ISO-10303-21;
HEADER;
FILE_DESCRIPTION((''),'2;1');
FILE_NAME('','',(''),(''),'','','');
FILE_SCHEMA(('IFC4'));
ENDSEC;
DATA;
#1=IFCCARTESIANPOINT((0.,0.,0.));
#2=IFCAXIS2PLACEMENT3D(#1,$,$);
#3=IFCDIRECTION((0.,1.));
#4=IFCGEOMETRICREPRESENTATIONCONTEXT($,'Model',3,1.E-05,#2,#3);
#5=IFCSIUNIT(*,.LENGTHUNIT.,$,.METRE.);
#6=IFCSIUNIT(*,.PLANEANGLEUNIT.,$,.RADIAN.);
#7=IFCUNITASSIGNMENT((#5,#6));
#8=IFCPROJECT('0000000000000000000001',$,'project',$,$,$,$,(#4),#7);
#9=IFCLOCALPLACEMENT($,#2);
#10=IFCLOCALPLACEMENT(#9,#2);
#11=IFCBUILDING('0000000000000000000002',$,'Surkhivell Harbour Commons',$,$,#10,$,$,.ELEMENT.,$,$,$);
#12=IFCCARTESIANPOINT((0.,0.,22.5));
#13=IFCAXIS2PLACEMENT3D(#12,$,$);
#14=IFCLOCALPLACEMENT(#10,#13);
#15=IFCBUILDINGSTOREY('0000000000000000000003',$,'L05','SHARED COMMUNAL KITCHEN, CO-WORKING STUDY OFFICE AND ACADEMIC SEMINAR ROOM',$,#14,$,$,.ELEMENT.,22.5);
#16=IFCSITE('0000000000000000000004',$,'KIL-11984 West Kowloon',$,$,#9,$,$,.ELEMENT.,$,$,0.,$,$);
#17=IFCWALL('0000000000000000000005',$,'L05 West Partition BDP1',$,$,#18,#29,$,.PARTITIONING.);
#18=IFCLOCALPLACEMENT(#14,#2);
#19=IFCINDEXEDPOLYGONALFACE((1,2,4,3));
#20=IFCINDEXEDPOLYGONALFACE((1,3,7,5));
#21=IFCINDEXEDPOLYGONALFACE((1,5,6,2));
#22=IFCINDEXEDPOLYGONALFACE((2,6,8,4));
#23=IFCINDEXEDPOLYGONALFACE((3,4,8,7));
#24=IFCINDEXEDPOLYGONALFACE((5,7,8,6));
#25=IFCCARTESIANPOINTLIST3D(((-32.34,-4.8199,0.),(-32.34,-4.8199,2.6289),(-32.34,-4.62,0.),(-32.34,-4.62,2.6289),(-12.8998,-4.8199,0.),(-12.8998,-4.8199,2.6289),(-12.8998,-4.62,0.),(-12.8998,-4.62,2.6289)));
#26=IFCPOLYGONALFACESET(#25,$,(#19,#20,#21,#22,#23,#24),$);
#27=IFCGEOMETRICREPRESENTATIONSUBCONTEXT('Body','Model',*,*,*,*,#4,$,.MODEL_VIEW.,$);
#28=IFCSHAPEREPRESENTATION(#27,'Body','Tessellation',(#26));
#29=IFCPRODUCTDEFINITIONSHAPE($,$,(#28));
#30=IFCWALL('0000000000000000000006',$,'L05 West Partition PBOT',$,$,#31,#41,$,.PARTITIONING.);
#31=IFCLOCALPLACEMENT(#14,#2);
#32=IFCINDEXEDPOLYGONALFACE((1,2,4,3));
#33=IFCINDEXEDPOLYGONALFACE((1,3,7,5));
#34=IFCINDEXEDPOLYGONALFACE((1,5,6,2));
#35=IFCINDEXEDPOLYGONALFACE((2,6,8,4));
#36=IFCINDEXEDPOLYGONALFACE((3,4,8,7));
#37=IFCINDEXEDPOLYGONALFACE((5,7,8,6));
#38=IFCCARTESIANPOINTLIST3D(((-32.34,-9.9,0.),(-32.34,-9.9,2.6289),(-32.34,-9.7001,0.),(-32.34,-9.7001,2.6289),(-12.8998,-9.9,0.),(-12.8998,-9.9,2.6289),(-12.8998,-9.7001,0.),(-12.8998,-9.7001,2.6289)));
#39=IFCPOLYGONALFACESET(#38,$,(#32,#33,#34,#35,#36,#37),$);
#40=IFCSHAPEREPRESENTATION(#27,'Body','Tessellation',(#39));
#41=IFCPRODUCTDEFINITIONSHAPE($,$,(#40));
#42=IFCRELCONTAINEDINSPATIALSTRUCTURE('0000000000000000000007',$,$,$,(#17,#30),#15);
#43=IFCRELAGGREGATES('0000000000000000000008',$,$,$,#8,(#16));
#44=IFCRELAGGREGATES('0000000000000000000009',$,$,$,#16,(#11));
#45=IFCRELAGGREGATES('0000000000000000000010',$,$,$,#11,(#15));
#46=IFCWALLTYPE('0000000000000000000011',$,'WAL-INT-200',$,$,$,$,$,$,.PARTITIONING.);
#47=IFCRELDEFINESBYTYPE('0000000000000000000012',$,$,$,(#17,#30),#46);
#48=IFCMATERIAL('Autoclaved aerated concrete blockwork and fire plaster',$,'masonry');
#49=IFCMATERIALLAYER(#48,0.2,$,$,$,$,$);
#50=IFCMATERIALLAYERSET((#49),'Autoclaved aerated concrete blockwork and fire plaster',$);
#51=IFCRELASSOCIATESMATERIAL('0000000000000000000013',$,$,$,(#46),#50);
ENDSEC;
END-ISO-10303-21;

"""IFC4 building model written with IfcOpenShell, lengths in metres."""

from ifc_helpers import new_model, si_unit, direction, frame, frame_2d, origin, place, context, subcontext, project, spatial, rectangle, extrude, material, layer, layer_set, type_object, element, save


model = new_model("IFC4")

# Units and contexts
model_context = context("Model", 3, precision=1e-05, world=origin(), true_north=direction((0.0, 1.0)))
body_context = subcontext(model_context, "Body", "Model", "MODEL_VIEW")
ifc_project = project(units=[si_unit("LENGTHUNIT", "METRE"), si_unit("PLANEANGLEUNIT", "RADIAN")], contexts=[model_context])

# Site, building, storey
site_placement = place(None, origin())
site = spatial("IfcSite", under=ifc_project, at=site_placement, Name="KIL-11984 West Kowloon", CompositionType="ELEMENT", RefElevation=0.0)
building_placement = place(site_placement, origin())
building = spatial("IfcBuilding", under=site, at=building_placement, Name="Surkhivell Harbour Commons", CompositionType="ELEMENT")
storey_placement = place(building_placement, frame((0.0, 0.0, 22.5)))
storey = spatial("IfcBuildingStorey", under=building, at=storey_placement, Name="L05", Description="SHARED COMMUNAL KITCHEN, CO-WORKING STUDY OFFICE AND ACADEMIC SEMINAR ROOM", CompositionType="ELEMENT", Elevation=22.5)

# Walls
ifc_material_1 = material(Name="Autoclaved aerated concrete blockwork and fire plaster", Category="masonry")
ifc_layer_1 = layer(ifc_material_1, 0.2)
ifc_layer_set_1 = layer_set([ifc_layer_1], Name="Autoclaved aerated concrete blockwork and fire plaster")
wall_type_1 = type_object("IfcWallType", Name="WAL-INT-200", PredefinedType="PARTITIONING", material=ifc_layer_set_1)
for number, where, z_axis, x_axis, name in (
    (1, (-32.3401, -4.72, 0.0), (0.0, 0.0, 1.0), (1.0, 0.0, 0.0), "L05 West Partition BDP1"),
    (2, (-32.3401, -9.8, 0.0), (0.0, 0.0, 1.0), (1.0, 0.0, 0.0), "L05 West Partition PBOT"),
):
    element("IfcWall", number, at=place(storey_placement, frame(where, z_axis=z_axis, x_axis=x_axis)), inside=storey, type_object=wall_type_1, Name=name, PredefinedType="PARTITIONING", context=body_context, shape_type="SweptSolid", body=[
        extrude(rectangle(XDim=19.4402, YDim=0.2, at=frame_2d((9.7202, 0.0))), origin(), (0.0, 0.0, 1.0), 2.6289),
    ])

save(model, "model.ifc")
